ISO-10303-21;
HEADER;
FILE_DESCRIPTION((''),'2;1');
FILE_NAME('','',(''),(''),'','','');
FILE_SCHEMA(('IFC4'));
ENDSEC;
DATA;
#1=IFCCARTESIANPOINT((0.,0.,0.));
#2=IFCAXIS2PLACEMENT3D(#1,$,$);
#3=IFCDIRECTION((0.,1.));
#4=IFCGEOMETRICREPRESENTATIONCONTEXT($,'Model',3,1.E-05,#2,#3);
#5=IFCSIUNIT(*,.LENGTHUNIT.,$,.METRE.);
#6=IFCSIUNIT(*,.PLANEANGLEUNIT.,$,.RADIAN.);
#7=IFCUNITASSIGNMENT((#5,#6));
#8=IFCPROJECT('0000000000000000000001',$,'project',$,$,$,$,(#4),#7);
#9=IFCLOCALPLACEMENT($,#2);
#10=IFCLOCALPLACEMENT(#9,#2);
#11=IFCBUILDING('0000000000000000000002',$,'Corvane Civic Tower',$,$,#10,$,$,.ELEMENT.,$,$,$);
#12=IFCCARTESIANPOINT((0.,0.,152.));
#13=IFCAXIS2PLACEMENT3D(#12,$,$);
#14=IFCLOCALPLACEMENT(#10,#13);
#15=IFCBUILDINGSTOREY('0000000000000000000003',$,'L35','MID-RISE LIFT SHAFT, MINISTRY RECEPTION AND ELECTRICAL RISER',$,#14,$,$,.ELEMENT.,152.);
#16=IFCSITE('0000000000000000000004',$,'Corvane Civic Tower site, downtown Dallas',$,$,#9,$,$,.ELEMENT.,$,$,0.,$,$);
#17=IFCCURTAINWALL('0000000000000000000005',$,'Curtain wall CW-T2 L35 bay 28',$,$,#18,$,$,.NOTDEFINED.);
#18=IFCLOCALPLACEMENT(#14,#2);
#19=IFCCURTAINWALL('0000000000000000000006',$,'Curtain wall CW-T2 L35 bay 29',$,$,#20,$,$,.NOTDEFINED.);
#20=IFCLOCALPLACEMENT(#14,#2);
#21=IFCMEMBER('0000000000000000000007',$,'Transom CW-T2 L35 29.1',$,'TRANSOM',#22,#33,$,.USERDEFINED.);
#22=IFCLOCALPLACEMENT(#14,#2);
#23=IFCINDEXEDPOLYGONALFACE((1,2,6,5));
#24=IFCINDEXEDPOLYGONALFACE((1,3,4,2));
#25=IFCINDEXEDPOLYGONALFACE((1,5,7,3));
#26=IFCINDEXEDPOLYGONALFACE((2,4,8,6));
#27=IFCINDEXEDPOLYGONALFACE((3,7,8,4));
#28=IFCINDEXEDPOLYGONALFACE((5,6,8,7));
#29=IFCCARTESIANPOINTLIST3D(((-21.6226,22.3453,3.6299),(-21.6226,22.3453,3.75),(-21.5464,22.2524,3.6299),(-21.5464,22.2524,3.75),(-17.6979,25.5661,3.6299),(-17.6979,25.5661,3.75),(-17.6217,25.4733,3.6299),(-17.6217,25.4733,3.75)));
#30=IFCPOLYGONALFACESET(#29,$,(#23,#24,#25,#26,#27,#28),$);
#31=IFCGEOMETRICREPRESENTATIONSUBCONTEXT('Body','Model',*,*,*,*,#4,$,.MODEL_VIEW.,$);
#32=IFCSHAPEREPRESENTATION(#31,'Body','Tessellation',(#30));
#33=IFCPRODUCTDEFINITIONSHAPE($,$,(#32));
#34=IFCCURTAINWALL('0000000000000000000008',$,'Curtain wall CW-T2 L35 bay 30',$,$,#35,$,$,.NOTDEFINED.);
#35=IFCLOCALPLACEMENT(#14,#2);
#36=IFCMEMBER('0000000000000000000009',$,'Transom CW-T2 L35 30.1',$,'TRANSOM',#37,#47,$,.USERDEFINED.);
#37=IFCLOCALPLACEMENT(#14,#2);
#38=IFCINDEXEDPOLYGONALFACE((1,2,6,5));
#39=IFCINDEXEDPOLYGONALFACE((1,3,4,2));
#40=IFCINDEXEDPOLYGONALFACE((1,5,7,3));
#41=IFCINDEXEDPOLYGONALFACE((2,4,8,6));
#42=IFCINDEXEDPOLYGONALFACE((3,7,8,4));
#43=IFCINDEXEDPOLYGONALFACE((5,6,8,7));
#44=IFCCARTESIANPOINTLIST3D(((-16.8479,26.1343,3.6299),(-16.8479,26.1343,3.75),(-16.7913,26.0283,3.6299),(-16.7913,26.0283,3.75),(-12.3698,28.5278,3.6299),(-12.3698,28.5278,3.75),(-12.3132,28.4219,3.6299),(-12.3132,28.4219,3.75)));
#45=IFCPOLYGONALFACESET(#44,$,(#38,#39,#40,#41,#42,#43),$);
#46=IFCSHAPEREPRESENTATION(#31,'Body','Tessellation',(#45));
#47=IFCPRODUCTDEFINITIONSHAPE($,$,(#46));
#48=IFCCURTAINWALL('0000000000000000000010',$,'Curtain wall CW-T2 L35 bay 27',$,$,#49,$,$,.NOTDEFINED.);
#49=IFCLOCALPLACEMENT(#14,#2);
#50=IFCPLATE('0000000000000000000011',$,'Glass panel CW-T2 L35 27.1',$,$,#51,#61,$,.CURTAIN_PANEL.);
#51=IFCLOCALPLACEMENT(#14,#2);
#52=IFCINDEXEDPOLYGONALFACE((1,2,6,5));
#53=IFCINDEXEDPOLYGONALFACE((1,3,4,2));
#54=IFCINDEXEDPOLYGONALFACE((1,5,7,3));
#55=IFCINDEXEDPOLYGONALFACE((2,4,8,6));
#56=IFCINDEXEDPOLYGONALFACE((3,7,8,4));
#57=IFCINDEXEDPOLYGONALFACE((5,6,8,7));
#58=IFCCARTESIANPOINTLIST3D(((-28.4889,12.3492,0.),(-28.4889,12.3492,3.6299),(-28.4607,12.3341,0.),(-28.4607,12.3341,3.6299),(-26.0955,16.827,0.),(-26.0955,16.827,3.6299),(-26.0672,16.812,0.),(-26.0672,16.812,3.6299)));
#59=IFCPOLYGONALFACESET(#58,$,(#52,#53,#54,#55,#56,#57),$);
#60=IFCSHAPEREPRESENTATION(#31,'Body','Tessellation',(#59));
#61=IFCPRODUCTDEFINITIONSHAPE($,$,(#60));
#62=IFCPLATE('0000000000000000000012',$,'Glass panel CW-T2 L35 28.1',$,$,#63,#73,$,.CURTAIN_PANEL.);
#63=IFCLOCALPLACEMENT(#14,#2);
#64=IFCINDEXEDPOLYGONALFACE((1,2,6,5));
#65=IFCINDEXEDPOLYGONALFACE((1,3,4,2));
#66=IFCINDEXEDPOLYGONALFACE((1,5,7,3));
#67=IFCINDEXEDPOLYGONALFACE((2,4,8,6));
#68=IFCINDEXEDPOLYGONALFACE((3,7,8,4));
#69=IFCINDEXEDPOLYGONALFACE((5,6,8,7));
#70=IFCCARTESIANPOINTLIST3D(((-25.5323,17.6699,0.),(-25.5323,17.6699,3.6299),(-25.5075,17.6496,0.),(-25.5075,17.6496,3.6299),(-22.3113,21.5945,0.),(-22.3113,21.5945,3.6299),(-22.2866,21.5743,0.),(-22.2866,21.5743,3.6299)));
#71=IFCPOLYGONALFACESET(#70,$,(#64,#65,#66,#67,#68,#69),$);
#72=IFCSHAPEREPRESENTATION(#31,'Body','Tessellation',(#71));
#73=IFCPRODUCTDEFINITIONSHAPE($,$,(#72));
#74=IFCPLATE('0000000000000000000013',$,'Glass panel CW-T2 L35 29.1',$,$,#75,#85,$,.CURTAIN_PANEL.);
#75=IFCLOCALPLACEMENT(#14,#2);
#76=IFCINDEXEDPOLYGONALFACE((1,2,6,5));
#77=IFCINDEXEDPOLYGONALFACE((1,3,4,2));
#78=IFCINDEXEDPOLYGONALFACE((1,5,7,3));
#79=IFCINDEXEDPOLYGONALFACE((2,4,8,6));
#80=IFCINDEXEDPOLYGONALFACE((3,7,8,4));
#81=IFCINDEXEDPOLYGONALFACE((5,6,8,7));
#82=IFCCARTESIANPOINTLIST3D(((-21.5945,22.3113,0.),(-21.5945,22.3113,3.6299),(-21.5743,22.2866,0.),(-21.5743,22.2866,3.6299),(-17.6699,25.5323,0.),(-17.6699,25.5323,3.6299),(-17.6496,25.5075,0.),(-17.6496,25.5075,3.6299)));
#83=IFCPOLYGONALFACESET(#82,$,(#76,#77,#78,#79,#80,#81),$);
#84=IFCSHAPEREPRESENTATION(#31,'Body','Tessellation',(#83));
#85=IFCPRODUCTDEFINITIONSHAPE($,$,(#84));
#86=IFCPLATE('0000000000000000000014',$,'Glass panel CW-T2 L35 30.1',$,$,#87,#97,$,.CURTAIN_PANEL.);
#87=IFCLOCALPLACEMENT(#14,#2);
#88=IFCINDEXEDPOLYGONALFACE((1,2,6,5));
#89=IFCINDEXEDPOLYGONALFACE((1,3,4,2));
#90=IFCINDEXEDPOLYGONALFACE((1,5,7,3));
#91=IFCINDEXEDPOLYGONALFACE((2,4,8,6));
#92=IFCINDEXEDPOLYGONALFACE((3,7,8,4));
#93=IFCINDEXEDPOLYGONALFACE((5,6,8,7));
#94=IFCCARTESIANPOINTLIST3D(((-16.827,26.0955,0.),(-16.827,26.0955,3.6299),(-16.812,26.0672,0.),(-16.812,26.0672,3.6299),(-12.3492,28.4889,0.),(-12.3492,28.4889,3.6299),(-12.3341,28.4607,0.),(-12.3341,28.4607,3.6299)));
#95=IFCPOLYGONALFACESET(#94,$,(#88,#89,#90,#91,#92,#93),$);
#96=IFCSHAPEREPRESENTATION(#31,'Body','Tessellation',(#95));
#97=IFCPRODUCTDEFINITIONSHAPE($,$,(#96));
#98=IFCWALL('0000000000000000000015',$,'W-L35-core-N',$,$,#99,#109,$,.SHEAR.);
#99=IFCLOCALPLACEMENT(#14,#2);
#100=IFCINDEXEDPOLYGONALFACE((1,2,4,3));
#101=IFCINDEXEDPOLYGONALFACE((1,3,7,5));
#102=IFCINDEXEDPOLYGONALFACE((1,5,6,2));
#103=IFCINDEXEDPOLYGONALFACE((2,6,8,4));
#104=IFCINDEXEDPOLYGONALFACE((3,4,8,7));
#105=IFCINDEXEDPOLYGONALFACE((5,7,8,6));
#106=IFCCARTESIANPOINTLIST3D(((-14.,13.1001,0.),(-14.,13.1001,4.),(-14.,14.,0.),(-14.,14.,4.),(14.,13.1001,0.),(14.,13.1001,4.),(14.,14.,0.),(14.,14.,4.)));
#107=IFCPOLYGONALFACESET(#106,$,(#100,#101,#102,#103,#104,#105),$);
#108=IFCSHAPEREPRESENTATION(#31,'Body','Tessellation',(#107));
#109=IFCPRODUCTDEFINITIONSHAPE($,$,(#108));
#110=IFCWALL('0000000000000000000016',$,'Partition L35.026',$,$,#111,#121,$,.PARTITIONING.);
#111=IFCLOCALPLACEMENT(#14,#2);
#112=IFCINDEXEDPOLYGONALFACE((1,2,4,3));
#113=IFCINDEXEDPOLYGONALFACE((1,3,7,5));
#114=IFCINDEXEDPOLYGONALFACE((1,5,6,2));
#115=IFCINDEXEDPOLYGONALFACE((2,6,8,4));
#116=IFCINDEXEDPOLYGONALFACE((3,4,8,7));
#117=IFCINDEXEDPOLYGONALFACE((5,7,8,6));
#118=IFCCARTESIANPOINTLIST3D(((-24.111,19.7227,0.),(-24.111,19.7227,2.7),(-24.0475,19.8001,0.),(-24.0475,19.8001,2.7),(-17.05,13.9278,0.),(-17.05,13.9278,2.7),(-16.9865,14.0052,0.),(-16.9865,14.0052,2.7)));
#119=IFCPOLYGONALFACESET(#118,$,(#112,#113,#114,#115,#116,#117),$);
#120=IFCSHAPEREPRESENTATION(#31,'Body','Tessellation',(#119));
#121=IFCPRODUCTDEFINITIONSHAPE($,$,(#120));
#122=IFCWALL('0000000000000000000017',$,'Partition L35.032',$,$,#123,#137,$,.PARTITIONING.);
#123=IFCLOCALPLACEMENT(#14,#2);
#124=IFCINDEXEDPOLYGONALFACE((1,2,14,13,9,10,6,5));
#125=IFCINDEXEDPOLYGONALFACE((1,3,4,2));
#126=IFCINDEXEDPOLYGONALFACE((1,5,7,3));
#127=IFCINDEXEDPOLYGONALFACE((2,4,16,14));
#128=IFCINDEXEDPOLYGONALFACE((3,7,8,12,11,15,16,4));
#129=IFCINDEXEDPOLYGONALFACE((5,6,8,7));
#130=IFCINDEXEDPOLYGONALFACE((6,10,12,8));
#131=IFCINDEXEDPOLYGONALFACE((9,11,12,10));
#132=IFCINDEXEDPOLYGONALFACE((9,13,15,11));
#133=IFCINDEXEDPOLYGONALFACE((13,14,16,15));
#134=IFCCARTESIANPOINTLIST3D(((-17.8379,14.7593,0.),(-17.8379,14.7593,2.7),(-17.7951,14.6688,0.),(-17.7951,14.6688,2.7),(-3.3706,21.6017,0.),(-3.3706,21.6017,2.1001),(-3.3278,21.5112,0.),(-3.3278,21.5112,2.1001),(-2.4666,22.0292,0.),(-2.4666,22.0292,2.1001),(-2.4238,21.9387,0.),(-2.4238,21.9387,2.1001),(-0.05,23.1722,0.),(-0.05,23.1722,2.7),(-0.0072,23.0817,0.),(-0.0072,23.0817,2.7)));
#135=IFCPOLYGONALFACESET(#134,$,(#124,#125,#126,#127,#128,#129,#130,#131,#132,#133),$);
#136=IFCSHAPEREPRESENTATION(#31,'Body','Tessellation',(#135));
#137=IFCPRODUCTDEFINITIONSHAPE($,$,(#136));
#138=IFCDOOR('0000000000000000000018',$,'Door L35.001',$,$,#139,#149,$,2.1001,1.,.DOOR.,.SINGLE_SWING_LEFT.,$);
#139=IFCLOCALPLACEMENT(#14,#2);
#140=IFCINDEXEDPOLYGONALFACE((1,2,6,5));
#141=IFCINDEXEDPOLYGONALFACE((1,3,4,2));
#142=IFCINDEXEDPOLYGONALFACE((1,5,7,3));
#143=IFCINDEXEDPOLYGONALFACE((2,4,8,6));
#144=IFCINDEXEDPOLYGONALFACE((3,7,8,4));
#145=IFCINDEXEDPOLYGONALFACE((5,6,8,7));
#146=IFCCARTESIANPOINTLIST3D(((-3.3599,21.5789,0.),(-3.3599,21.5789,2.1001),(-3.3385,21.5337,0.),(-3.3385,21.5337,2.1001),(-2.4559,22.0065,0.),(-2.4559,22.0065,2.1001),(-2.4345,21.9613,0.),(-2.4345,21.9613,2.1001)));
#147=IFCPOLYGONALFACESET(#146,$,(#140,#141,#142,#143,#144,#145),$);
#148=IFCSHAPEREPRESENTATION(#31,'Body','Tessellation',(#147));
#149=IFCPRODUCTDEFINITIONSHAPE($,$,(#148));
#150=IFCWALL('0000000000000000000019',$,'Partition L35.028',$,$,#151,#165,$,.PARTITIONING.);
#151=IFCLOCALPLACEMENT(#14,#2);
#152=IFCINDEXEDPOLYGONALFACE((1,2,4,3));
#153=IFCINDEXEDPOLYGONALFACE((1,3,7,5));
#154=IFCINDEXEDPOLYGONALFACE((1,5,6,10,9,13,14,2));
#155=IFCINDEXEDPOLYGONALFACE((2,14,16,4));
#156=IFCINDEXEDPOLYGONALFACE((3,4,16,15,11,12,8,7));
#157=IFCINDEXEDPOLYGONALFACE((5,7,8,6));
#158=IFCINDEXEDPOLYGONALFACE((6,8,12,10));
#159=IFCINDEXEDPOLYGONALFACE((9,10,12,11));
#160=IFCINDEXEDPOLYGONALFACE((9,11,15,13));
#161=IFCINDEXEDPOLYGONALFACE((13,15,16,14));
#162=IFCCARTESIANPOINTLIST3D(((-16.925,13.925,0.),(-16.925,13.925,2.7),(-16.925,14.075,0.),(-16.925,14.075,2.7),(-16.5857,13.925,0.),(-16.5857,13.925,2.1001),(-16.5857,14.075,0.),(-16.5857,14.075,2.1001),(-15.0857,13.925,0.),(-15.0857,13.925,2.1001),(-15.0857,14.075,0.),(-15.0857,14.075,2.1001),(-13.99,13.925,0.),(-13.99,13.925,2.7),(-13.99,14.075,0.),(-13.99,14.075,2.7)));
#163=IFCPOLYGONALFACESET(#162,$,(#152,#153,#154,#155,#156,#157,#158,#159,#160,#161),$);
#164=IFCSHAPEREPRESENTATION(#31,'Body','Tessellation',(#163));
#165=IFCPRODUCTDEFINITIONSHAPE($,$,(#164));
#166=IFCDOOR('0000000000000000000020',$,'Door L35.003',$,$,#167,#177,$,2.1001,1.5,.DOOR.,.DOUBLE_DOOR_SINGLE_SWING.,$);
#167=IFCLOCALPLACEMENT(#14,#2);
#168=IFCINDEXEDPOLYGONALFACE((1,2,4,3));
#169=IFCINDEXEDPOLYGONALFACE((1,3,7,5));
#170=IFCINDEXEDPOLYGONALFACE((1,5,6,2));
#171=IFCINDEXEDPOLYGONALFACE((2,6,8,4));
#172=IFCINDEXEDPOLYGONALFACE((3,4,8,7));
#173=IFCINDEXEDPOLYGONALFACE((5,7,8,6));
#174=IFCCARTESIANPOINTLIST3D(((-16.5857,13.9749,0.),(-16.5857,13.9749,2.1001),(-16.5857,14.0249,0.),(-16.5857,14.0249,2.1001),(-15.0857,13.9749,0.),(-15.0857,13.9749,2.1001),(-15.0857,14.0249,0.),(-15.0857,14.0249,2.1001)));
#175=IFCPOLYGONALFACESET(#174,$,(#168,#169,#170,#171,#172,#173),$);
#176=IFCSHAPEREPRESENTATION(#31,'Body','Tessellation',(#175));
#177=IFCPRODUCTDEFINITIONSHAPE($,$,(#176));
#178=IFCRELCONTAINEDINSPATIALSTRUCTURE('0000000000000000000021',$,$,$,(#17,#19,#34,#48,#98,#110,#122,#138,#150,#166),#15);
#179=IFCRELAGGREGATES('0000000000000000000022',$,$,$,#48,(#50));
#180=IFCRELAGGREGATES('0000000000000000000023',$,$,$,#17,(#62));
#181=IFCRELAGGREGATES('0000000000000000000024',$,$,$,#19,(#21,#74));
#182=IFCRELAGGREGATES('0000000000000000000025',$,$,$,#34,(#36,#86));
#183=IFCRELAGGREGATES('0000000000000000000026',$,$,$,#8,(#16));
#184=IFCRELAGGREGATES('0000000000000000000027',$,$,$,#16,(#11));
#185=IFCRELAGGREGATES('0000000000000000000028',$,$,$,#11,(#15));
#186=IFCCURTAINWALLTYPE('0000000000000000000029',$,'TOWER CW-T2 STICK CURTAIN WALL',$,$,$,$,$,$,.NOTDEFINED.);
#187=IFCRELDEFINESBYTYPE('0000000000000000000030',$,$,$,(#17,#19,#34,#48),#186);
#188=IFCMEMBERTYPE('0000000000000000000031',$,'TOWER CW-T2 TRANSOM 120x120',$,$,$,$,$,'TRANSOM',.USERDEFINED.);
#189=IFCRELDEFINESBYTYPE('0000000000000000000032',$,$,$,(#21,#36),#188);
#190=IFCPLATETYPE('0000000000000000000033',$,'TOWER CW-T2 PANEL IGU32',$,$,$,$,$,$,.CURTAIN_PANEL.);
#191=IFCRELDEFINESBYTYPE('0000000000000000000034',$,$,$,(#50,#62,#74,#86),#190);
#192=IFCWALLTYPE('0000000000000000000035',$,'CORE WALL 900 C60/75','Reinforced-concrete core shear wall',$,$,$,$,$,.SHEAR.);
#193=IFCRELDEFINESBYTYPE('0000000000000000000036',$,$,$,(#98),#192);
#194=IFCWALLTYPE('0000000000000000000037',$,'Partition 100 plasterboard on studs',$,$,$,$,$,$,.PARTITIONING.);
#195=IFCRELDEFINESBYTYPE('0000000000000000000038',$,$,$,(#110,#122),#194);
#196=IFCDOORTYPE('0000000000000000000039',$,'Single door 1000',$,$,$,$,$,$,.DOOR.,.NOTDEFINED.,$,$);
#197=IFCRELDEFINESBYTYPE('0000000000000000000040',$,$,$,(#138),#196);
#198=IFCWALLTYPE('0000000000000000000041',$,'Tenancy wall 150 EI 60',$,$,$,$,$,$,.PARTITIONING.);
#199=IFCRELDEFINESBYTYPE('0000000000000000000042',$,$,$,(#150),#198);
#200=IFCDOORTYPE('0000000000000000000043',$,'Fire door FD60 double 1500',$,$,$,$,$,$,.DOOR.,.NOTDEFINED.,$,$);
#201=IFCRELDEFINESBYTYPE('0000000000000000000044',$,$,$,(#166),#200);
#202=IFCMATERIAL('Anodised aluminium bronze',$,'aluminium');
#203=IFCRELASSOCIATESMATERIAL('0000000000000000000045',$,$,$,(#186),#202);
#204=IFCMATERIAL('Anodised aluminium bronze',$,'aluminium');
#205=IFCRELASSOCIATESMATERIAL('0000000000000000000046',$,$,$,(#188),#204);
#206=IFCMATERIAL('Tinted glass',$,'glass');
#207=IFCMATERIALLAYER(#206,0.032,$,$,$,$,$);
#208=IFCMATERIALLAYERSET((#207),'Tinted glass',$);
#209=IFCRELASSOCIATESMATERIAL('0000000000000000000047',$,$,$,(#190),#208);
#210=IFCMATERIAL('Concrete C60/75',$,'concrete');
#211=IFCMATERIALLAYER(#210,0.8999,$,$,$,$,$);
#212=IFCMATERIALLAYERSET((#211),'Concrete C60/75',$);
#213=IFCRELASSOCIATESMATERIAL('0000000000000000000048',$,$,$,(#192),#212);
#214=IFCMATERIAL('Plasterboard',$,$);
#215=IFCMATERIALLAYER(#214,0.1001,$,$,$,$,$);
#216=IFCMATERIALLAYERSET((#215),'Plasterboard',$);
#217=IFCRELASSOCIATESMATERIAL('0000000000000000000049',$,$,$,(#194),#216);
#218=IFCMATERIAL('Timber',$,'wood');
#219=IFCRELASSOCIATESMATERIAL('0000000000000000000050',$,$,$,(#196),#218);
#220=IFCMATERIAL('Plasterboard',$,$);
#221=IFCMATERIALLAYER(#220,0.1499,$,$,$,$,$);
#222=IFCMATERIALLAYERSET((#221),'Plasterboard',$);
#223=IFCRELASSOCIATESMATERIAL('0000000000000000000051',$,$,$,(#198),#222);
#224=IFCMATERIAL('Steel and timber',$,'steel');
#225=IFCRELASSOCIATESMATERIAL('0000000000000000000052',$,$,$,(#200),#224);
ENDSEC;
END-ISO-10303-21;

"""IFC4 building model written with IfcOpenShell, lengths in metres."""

from ifc_helpers import new_model, si_unit, direction, frame, frame_2d, origin, origin_2d, place, context, subcontext, project, spatial, rectangle, extrude, material, layer, layer_set, material_profile, profile_set, type_object, element, fill, aggregate, save


model = new_model("IFC4")

# Units and contexts
model_context = context("Model", 3, precision=1e-05, world=origin(), true_north=direction((0.0, 1.0)))
body_context = subcontext(model_context, "Body", "Model", "MODEL_VIEW")
ifc_project = project(units=[si_unit("LENGTHUNIT", "METRE"), si_unit("PLANEANGLEUNIT", "RADIAN")], contexts=[model_context])

# Site, building, storey
site_placement = place(None, origin())
site = spatial("IfcSite", under=ifc_project, at=site_placement, Name="Corvane Civic Tower site, downtown Dallas", CompositionType="ELEMENT", RefElevation=0.0)
building_placement = place(site_placement, origin())
building = spatial("IfcBuilding", under=site, at=building_placement, Name="Corvane Civic Tower", CompositionType="ELEMENT")
storey_placement = place(building_placement, frame((0.0, 0.0, 152.0)))
storey = spatial("IfcBuildingStorey", under=building, at=storey_placement, Name="L35", Description="MID-RISE LIFT SHAFT, MINISTRY RECEPTION AND ELECTRICAL RISER", CompositionType="ELEMENT", Elevation=152.0)

# Curtain walls, members
ifc_material_1 = material(Name="Anodised aluminium bronze", Category="aluminium")
curtain_wall_type = type_object("IfcCurtainWallType", Name="TOWER CW-T2 STICK CURTAIN WALL", PredefinedType="NOTDEFINED", material=ifc_material_1)
curtain_wall_1_placement = place(storey_placement, origin())
curtain_wall_1 = element("IfcCurtainWall", 1, at=curtain_wall_1_placement, inside=storey, type_object=curtain_wall_type, Name="Curtain wall CW-T2 L35 bay 28", PredefinedType="NOTDEFINED")
ifc_material_2 = material(Name="Anodised aluminium bronze", Category="aluminium")
ifc_material_profile_1 = material_profile(ifc_material_2, rectangle(XDim=0.1201, YDim=0.1201, at=origin_2d()), Name="TOWER CW-T2 TRANSOM 120x120")
ifc_profile_set_1 = profile_set([ifc_material_profile_1], Name="Anodised aluminium bronze")
member_type = type_object("IfcMemberType", Name="TOWER CW-T2 TRANSOM 120x120", ElementType="TRANSOM", PredefinedType="USERDEFINED", material=ifc_profile_set_1)
curtain_wall_2_placement = place(storey_placement, origin())
curtain_wall_2 = element("IfcCurtainWall", 2, at=curtain_wall_2_placement, inside=storey, type_object=curtain_wall_type, Name="Curtain wall CW-T2 L35 bay 29", PredefinedType="NOTDEFINED")
member_1_placement = place(storey_placement, frame((-21.5845, 22.2988, 3.6899), z_axis=(0.773016, 0.634387, 0.0), x_axis=(-0.634387, 0.773016, 0.0)))
member_1 = element("IfcMember", 3, at=member_1_placement, type_object=member_type, Name="Transom CW-T2 L35 29.1", ObjectType="TRANSOM", PredefinedType="USERDEFINED", context=body_context, shape_type="SweptSolid", body=[
    extrude(rectangle(XDim=0.1201, YDim=0.1201, at=origin_2d()), origin(), (0.0, 0.0, 1.0), 5.0771),
])
curtain_wall_3_placement = place(storey_placement, origin())
curtain_wall_3 = element("IfcCurtainWall", 4, at=curtain_wall_3_placement, inside=storey, type_object=curtain_wall_type, Name="Curtain wall CW-T2 L35 bay 30", PredefinedType="NOTDEFINED")
member_2_placement = place(storey_placement, frame((-16.8196, 26.0813, 3.6899), z_axis=(0.881921, 0.471397, 0.0), x_axis=(-0.471397, 0.881921, 0.0)))
member_2 = element("IfcMember", 5, at=member_2_placement, type_object=member_type, Name="Transom CW-T2 L35 30.1", ObjectType="TRANSOM", PredefinedType="USERDEFINED", context=body_context, shape_type="SweptSolid", body=[
    extrude(rectangle(XDim=0.1201, YDim=0.1201, at=origin_2d()), origin(), (0.0, 0.0, 1.0), 5.0776),
])

# Curtain wall, plate
curtain_wall_4_placement = place(storey_placement, origin())
curtain_wall_4 = element("IfcCurtainWall", 6, at=curtain_wall_4_placement, inside=storey, type_object=curtain_wall_type, Name="Curtain wall CW-T2 L35 bay 27", PredefinedType="NOTDEFINED")
ifc_material_3 = material(Name="Tinted glass", Category="glass")
ifc_layer_1 = layer(ifc_material_3, 0.032)
ifc_layer_set_1 = layer_set([ifc_layer_1], Name="Tinted glass")
plate_type = type_object("IfcPlateType", Name="TOWER CW-T2 PANEL IGU32", PredefinedType="CURTAIN_PANEL", material=ifc_layer_set_1)
plate_1_placement = place(storey_placement, frame((-27.2781, 14.5806, 0.0), z_axis=(0.0, 0.0, 1.0), x_axis=(0.471395, 0.881922, 0.0)))
plate_1 = element("IfcPlate", 7, at=plate_1_placement, type_object=plate_type, Name="Glass panel CW-T2 L35 27.1", PredefinedType="CURTAIN_PANEL", context=body_context, shape_type="SweptSolid", body=[
    extrude(rectangle(XDim=5.0774, YDim=0.032, at=origin_2d()), origin(), (0.0, 0.0, 1.0), 3.6299),
])
aggregate(curtain_wall_4, [plate_1])

# Plates
plate_2_placement = place(storey_placement, frame((-23.9094, 19.6221, 0.0), z_axis=(0.0, 0.0, 1.0), x_axis=(0.6344, 0.773005, 0.0)))
plate_2 = element("IfcPlate", 8, at=plate_2_placement, type_object=plate_type, Name="Glass panel CW-T2 L35 28.1", PredefinedType="CURTAIN_PANEL", context=body_context, shape_type="SweptSolid", body=[
    extrude(rectangle(XDim=5.0771, YDim=0.032, at=origin_2d()), origin(), (0.0, 0.0, 1.0), 3.6299),
])
aggregate(curtain_wall_1, [plate_2])
plate_3_placement = place(storey_placement, frame((-19.6221, 23.9094, 0.0), z_axis=(0.0, 0.0, 1.0), x_axis=(0.773005, 0.6344, 0.0)))
plate_3 = element("IfcPlate", 9, at=plate_3_placement, type_object=plate_type, Name="Glass panel CW-T2 L35 29.1", PredefinedType="CURTAIN_PANEL", context=body_context, shape_type="SweptSolid", body=[
    extrude(rectangle(XDim=5.0771, YDim=0.032, at=origin_2d()), origin(), (0.0, 0.0, 1.0), 3.6299),
])
aggregate(curtain_wall_2, [member_1, plate_3])
plate_4_placement = place(storey_placement, frame((-14.5806, 27.2781, 0.0), z_axis=(0.0, 0.0, 1.0), x_axis=(0.881922, 0.471395, 0.0)))
plate_4 = element("IfcPlate", 10, at=plate_4_placement, type_object=plate_type, Name="Glass panel CW-T2 L35 30.1", PredefinedType="CURTAIN_PANEL", context=body_context, shape_type="SweptSolid", body=[
    extrude(rectangle(XDim=5.0774, YDim=0.032, at=origin_2d()), origin(), (0.0, 0.0, 1.0), 3.6299),
])
aggregate(curtain_wall_3, [member_2, plate_4])

# Walls
ifc_material_4 = material(Name="Concrete C60/75", Category="concrete")
ifc_layer_2 = layer(ifc_material_4, 0.8999)
ifc_layer_set_2 = layer_set([ifc_layer_2], Name="Concrete C60/75")
wall_type_1 = type_object("IfcWallType", Name="CORE WALL 900 C60/75", Description="Reinforced-concrete core shear wall", PredefinedType="SHEAR", material=ifc_layer_set_2)
wall_1_placement = place(storey_placement, frame((-14.0, 13.55, 0.0), z_axis=(0.0, 0.0, 1.0), x_axis=(1.0, 0.0, 0.0)))
element("IfcWall", 11, at=wall_1_placement, inside=storey, type_object=wall_type_1, Name="W-L35-core-N", PredefinedType="SHEAR", context=body_context, shape_type="SweptSolid", body=[
    extrude(rectangle(XDim=28.0, YDim=0.8999, at=frame_2d((14.0, 0.0))), origin(), (0.0, 0.0, 1.0), 4.0),
])
ifc_material_5 = material(Name="Plasterboard")
ifc_layer_3 = layer(ifc_material_5, 0.1001)
ifc_layer_set_3 = layer_set([ifc_layer_3], Name="Plasterboard")
wall_type_2 = type_object("IfcWallType", Name="Partition 100 plasterboard on studs", PredefinedType="PARTITIONING", material=ifc_layer_set_3)
wall_2_placement = place(storey_placement, frame((-24.0793, 19.7615, 0.0), z_axis=(0.0, 0.0, 1.0), x_axis=(0.773006, -0.634399, 0.0)))
element("IfcWall", 12, at=wall_2_placement, inside=storey, type_object=wall_type_2, Name="Partition L35.026", PredefinedType="PARTITIONING", context=body_context, shape_type="SweptSolid", body=[
    extrude(rectangle(XDim=9.1345, YDim=0.1001, at=frame_2d((4.5674, 0.0))), origin(), (0.0, 0.0, 1.0), 2.7),
])

# Walls, openings, doors
wall_3_placement = place(storey_placement, frame((-17.8164, 14.7141, 0.0), z_axis=(0.0, 0.0, 1.0), x_axis=(0.903993, 0.427548, 0.0)))
wall_3 = element("IfcWall", 13, at=wall_3_placement, inside=storey, type_object=wall_type_2, Name="Partition L35.032", PredefinedType="PARTITIONING", context=body_context, shape_type="SweptSolid", body=[
    extrude(rectangle(XDim=19.677, YDim=0.1001, at=frame_2d((9.8384, 0.0))), origin(), (0.0, 0.0, 1.0), 2.7),
])
opening_1_placement = place(wall_3_placement, frame((16.0037, 0.0, 0.0)))
opening_1 = element("IfcOpeningElement", 14, at=opening_1_placement, cuts=wall_3, PredefinedType="OPENING", context=body_context, shape_type="SweptSolid", body=[
    extrude(rectangle(XDim=1.0, YDim=2.1001, at=frame_2d((0.5, 1.05))), frame((0.0, 0.0601, 0.0), z_axis=(0.0, -1.0, 0.0), x_axis=(1.0, 0.0, 0.0)), (0.0, 0.0, 1.0), 0.1201),
])
ifc_material_6 = material(Name="Timber", Category="wood")
door_type_1 = type_object("IfcDoorType", Name="Single door 1000", OperationType="NOTDEFINED", PredefinedType="DOOR", material=ifc_material_6)
door_1_placement = place(opening_1_placement, origin())
door_1 = element("IfcDoor", 15, at=door_1_placement, inside=storey, type_object=door_type_1, Name="Door L35.001", OperationType="SINGLE_SWING_LEFT", OverallHeight=2.1001, OverallWidth=1.0, PredefinedType="DOOR", context=body_context, shape_type="SweptSolid", body=[
    extrude(rectangle(XDim=1.0, YDim=2.1001, at=frame_2d((0.5, 1.05))), frame((0.0, 0.0249, 0.0), z_axis=(0.0, -1.0, 0.0), x_axis=(1.0, 0.0, 0.0)), (0.0, 0.0, 1.0), 0.05),
])
fill(opening_1, door_1)
ifc_material_7 = material(Name="Plasterboard")
ifc_layer_4 = layer(ifc_material_7, 0.1499)
ifc_layer_set_4 = layer_set([ifc_layer_4], Name="Plasterboard")
wall_type_3 = type_object("IfcWallType", Name="Tenancy wall 150 EI 60", PredefinedType="PARTITIONING", material=ifc_layer_set_4)
wall_4_placement = place(storey_placement, frame((-16.925, 14.0, 0.0), z_axis=(0.0, 0.0, 1.0), x_axis=(1.0, 0.0, 0.0)))
wall_4 = element("IfcWall", 16, at=wall_4_placement, inside=storey, type_object=wall_type_3, Name="Partition L35.028", PredefinedType="PARTITIONING", context=body_context, shape_type="SweptSolid", body=[
    extrude(rectangle(XDim=2.9351, YDim=0.1499, at=frame_2d((1.4675, 0.0))), origin(), (0.0, 0.0, 1.0), 2.7),
])
opening_2_placement = place(wall_4_placement, frame((0.3394, 0.0, 0.0)))
opening_2 = element("IfcOpeningElement", 17, at=opening_2_placement, cuts=wall_4, PredefinedType="OPENING", context=body_context, shape_type="SweptSolid", body=[
    extrude(rectangle(XDim=1.5, YDim=2.1001, at=frame_2d((0.75, 1.05))), frame((0.0, 0.085, 0.0), z_axis=(0.0, -1.0, 0.0), x_axis=(1.0, 0.0, 0.0)), (0.0, 0.0, 1.0), 0.1699),
])
ifc_material_8 = material(Name="Steel and timber", Category="steel")
door_type_2 = type_object("IfcDoorType", Name="Fire door FD60 double 1500", OperationType="NOTDEFINED", PredefinedType="DOOR", material=ifc_material_8)
door_2_placement = place(opening_2_placement, origin())
door_2 = element("IfcDoor", 18, at=door_2_placement, inside=storey, type_object=door_type_2, Name="Door L35.003", OperationType="DOUBLE_DOOR_SINGLE_SWING", OverallHeight=2.1001, OverallWidth=1.5, PredefinedType="DOOR", context=body_context, shape_type="SweptSolid", body=[
    extrude(rectangle(XDim=1.5, YDim=2.1001, at=frame_2d((0.75, 1.05))), frame((0.0, 0.0249, 0.0), z_axis=(0.0, -1.0, 0.0), x_axis=(1.0, 0.0, 0.0)), (0.0, 0.0, 1.0), 0.05),
])
fill(opening_2, door_2)

save(model, "model.ifc")
